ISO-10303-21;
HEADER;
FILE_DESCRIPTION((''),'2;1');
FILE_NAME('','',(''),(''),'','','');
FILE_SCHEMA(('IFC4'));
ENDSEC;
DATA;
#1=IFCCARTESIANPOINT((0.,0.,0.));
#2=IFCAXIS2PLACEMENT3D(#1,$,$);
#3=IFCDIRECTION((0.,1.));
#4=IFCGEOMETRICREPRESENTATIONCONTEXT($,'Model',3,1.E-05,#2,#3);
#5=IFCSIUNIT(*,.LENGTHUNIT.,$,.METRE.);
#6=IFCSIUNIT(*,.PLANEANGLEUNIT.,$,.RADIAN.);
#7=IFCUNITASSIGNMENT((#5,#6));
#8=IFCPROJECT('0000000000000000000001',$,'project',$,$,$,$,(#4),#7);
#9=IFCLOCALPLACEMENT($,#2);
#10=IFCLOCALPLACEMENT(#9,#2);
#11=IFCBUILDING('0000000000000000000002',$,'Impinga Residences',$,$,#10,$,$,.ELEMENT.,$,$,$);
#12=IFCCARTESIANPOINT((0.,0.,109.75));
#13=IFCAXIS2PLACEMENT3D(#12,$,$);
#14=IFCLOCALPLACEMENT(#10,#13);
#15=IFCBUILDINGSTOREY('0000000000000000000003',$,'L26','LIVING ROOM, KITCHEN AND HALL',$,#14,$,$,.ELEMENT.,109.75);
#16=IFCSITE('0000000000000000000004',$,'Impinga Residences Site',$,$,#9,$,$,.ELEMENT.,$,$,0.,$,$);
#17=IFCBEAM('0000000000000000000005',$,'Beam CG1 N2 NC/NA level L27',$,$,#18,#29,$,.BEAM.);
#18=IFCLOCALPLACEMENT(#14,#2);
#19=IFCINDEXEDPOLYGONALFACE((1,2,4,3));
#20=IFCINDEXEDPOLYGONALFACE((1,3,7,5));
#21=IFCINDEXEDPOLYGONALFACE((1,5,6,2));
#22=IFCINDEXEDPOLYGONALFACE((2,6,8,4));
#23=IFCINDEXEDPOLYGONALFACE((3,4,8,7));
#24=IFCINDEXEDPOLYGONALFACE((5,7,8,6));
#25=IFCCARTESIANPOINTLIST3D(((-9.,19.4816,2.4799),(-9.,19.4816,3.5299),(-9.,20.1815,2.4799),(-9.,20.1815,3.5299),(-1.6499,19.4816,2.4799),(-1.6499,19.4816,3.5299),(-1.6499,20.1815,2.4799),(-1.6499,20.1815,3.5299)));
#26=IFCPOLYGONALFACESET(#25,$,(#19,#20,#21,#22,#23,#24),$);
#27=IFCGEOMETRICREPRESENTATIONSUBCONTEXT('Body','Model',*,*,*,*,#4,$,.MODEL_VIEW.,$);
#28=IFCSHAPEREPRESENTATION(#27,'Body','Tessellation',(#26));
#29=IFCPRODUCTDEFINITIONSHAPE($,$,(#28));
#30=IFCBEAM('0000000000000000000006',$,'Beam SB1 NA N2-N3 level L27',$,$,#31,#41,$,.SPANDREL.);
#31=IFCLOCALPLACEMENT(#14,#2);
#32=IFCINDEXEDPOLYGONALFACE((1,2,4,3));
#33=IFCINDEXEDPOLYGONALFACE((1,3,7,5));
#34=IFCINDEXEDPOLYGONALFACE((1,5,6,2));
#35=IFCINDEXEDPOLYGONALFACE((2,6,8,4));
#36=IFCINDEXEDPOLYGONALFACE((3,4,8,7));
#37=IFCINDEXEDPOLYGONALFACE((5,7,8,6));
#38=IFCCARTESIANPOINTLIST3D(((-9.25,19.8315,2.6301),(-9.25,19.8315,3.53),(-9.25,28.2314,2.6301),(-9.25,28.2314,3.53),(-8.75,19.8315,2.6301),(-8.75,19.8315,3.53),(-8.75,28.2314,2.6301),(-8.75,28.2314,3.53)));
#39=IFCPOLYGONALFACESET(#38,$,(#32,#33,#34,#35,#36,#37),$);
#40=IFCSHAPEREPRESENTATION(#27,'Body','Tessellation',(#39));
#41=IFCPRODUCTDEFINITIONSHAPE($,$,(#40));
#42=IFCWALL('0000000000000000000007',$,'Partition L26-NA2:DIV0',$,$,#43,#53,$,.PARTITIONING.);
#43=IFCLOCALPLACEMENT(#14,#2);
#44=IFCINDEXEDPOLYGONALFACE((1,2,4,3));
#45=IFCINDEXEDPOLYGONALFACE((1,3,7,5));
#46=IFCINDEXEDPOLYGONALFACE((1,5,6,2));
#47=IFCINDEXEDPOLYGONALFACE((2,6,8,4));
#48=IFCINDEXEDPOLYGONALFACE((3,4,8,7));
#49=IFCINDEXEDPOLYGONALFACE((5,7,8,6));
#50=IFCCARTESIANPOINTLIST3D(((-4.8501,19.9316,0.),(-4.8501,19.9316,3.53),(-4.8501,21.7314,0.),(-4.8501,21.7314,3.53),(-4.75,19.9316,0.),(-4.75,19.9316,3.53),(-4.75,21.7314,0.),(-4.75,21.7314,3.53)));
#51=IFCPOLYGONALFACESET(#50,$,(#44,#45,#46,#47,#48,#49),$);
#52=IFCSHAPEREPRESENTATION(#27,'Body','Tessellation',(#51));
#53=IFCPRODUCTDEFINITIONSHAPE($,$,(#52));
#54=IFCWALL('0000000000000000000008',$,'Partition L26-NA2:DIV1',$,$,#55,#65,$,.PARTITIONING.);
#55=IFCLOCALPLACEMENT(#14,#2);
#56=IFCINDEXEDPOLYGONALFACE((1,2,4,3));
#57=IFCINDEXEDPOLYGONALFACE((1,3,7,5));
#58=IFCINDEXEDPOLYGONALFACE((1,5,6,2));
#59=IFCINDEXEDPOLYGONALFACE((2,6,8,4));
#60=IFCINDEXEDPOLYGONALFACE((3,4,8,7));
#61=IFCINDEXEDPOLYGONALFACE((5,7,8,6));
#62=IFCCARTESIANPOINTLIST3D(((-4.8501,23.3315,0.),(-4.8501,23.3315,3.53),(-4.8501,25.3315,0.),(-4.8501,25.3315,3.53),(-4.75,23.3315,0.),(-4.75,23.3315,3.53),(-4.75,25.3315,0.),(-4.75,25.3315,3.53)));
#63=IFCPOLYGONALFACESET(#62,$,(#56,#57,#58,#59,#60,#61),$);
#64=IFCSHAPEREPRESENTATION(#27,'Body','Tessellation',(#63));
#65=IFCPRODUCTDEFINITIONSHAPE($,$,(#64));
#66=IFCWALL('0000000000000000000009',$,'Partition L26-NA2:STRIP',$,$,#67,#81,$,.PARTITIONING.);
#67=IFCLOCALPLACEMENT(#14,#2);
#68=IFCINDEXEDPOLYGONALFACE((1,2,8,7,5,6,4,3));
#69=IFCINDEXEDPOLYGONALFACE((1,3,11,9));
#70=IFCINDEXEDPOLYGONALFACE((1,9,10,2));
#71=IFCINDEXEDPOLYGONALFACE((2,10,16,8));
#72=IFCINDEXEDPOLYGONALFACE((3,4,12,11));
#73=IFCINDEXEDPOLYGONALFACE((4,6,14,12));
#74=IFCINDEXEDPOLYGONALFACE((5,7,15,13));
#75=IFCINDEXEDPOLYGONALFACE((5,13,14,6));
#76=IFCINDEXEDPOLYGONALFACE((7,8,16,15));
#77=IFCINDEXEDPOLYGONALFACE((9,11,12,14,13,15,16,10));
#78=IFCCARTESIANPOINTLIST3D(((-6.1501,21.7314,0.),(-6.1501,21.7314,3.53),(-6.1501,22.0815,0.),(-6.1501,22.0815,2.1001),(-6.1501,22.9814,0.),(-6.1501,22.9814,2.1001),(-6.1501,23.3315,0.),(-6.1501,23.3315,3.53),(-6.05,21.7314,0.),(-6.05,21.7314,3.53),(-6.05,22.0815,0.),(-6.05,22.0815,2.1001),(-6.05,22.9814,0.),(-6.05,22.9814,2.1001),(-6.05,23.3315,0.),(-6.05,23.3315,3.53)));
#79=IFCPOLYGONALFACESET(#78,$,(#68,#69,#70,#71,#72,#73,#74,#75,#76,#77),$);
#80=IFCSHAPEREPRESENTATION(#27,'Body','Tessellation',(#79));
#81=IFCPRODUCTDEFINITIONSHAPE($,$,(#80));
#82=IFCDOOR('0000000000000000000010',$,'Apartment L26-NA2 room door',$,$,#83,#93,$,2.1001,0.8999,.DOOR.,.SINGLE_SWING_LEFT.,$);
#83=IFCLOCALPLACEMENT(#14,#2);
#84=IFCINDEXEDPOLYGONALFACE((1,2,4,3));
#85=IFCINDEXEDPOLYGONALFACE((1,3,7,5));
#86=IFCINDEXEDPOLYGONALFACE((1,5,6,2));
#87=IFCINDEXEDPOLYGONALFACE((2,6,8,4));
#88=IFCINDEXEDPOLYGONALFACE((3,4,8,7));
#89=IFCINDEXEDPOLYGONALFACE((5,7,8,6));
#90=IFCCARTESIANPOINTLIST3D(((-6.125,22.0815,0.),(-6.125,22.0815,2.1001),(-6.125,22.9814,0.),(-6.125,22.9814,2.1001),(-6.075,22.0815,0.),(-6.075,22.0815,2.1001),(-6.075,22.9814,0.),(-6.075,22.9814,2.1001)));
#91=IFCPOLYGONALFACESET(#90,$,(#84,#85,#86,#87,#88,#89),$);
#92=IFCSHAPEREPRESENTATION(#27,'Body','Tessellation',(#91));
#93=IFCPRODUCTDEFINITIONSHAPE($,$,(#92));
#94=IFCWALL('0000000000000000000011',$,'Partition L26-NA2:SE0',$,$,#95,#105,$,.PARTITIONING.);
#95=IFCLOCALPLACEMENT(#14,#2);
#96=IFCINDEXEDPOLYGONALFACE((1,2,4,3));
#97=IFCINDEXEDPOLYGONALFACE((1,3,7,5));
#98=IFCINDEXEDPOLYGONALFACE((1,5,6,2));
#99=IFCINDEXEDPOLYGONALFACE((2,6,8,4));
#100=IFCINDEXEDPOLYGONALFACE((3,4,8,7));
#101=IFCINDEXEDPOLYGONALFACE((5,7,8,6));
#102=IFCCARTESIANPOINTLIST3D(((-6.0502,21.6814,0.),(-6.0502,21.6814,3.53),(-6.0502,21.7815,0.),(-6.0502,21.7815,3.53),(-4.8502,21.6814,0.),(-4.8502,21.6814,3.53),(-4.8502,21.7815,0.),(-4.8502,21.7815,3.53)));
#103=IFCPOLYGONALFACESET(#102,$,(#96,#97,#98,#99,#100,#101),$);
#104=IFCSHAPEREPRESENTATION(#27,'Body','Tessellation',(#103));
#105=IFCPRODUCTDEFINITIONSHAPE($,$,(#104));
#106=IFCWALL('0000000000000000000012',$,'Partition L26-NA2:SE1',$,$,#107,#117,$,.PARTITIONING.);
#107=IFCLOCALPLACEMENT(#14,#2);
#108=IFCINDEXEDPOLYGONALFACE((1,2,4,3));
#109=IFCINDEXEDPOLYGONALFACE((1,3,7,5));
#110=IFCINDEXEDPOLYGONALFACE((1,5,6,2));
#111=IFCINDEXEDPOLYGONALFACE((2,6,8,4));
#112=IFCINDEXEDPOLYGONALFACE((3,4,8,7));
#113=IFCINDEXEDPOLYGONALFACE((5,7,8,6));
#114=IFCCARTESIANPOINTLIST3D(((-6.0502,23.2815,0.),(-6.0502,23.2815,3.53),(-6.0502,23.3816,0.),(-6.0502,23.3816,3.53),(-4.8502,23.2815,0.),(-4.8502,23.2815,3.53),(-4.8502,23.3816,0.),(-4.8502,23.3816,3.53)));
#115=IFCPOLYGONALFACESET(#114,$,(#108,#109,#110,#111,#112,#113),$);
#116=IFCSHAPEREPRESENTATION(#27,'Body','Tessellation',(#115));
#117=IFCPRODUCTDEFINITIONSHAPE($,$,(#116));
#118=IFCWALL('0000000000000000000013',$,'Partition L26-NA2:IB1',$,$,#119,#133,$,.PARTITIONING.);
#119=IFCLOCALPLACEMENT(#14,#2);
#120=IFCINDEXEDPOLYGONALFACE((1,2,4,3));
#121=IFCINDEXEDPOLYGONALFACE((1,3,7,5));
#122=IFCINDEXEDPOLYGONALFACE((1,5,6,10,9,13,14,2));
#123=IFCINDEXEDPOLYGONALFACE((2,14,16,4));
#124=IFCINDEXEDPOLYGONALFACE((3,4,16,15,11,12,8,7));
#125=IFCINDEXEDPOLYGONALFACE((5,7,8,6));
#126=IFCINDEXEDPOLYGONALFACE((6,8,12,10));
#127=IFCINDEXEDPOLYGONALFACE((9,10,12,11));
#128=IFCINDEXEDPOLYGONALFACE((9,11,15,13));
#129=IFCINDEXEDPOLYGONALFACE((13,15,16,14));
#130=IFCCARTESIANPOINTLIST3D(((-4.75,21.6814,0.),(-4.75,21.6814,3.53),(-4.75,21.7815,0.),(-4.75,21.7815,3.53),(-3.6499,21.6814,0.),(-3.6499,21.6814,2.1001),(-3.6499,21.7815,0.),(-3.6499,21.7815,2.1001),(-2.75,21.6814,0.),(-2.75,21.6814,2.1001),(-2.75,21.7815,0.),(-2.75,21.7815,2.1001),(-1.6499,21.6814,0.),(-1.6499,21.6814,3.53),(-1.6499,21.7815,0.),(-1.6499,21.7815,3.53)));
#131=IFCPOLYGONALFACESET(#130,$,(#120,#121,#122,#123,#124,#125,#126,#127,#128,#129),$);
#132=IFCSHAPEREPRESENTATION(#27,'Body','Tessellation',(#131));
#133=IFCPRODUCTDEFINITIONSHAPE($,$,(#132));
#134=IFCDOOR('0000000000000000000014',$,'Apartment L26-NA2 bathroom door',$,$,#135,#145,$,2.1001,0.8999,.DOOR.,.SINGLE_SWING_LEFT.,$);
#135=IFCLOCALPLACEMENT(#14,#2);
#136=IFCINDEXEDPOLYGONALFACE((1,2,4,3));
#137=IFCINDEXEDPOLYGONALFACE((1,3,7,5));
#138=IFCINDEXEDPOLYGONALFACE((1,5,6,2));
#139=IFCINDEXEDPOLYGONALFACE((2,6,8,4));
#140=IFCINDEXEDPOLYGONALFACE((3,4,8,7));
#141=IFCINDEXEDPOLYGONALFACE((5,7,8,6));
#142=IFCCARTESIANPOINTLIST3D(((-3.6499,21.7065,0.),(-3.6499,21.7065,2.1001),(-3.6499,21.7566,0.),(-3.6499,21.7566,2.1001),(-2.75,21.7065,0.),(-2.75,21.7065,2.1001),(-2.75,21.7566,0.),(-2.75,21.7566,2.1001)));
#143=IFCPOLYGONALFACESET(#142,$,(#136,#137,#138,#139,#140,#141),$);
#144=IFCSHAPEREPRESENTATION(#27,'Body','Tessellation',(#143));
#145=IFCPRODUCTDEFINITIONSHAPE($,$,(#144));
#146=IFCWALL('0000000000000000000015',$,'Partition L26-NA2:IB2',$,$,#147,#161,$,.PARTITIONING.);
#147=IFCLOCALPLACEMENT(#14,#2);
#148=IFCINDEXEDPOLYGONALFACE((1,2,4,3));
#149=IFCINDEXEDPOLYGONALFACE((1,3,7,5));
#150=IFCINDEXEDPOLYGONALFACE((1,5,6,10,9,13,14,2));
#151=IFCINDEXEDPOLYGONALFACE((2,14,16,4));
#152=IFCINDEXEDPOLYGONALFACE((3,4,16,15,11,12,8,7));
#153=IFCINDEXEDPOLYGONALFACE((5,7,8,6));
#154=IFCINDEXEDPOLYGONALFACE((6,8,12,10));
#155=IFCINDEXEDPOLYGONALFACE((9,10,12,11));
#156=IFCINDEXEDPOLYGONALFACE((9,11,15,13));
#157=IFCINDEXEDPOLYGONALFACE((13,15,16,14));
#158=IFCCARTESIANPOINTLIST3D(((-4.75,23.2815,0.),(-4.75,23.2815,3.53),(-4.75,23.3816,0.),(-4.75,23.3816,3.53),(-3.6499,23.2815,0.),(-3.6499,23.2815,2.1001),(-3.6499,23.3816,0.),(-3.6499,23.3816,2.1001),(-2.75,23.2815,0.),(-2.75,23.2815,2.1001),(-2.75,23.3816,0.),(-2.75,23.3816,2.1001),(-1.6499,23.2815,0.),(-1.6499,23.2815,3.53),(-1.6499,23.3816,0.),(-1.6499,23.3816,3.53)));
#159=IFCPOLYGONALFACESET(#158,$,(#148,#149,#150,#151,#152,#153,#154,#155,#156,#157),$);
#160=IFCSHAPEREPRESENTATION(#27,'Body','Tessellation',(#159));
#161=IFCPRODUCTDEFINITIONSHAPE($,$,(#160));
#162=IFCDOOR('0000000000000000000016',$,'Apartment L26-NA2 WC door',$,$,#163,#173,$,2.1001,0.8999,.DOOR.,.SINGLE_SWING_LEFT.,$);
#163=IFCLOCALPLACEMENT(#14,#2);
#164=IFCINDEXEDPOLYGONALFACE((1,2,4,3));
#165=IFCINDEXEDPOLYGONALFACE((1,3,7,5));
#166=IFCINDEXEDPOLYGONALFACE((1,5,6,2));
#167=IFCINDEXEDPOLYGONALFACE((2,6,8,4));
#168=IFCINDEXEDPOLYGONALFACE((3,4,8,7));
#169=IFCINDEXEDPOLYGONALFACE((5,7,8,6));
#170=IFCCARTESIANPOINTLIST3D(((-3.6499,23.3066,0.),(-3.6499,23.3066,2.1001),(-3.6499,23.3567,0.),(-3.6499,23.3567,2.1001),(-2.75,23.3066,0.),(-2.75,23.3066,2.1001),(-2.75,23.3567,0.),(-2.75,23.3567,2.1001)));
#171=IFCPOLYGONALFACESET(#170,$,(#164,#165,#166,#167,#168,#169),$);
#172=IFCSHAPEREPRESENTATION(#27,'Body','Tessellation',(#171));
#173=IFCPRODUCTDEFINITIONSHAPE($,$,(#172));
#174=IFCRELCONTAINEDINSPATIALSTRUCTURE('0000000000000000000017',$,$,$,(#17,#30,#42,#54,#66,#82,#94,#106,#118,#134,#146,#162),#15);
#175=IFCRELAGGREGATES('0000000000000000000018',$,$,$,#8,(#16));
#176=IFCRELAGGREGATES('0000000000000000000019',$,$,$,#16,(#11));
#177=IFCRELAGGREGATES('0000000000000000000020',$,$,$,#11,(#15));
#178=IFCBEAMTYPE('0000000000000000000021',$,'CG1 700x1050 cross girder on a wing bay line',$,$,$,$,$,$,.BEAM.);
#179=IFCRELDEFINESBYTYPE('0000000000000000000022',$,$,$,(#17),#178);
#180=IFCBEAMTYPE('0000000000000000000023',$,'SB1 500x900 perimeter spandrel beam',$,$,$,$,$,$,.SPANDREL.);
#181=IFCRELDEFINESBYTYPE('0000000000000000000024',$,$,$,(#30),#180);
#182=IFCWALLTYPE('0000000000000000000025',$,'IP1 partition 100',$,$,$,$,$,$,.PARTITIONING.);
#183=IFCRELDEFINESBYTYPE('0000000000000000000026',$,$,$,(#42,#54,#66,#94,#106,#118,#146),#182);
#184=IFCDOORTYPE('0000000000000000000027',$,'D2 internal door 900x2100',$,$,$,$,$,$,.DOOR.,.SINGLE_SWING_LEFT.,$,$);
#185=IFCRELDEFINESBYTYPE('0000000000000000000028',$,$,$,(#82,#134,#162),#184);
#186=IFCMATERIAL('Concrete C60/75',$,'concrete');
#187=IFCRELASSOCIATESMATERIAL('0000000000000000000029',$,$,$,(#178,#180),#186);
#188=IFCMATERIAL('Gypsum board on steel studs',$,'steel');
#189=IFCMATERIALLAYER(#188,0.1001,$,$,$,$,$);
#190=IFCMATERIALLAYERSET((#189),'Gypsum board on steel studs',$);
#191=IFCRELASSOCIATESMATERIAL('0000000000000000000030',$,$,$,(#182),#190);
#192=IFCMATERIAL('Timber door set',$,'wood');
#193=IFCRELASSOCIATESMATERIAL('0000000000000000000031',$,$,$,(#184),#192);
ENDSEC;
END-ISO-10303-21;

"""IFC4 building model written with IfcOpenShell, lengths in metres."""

from ifc_helpers import new_model, si_unit, direction, frame, frame_2d, origin, origin_2d, place, context, subcontext, project, spatial, rectangle, extrude, material, layer, layer_set, material_profile, profile_set, type_object, element, fill, save


model = new_model("IFC4")

# Units and contexts
model_context = context("Model", 3, precision=1e-05, world=origin(), true_north=direction((0.0, 1.0)))
body_context = subcontext(model_context, "Body", "Model", "MODEL_VIEW")
ifc_project = project(units=[si_unit("LENGTHUNIT", "METRE"), si_unit("PLANEANGLEUNIT", "RADIAN")], contexts=[model_context])

# Site, building, storey
site_placement = place(None, origin())
site = spatial("IfcSite", under=ifc_project, at=site_placement, Name="Impinga Residences Site", CompositionType="ELEMENT", RefElevation=0.0)
building_placement = place(site_placement, origin())
building = spatial("IfcBuilding", under=site, at=building_placement, Name="Impinga Residences", CompositionType="ELEMENT")
storey_placement = place(building_placement, frame((0.0, 0.0, 109.75)))
storey = spatial("IfcBuildingStorey", under=building, at=storey_placement, Name="L26", Description="LIVING ROOM, KITCHEN AND HALL", CompositionType="ELEMENT", Elevation=109.75)

# Beams
ifc_material_1 = material(Name="Concrete C60/75", Category="concrete")
ifc_material_profile_1 = material_profile(ifc_material_1, rectangle(XDim=0.7, YDim=1.05, at=origin_2d()), Name="RC 700x1050")
ifc_profile_set_1 = profile_set([ifc_material_profile_1], Name="Concrete C60/75")
beam_type_1 = type_object("IfcBeamType", Name="CG1 700x1050 cross girder on a wing bay line", PredefinedType="BEAM", material=ifc_profile_set_1)
beam_1_placement = place(storey_placement, frame((-1.6499, 19.8315, 3.0049), z_axis=(-1.0, 0.0, 0.0), x_axis=(0.0, -1.0, 0.0)))
element("IfcBeam", 1, at=beam_1_placement, inside=storey, type_object=beam_type_1, Name="Beam CG1 N2 NC/NA level L27", PredefinedType="BEAM", context=body_context, shape_type="SweptSolid", body=[
    extrude(rectangle(XDim=0.7, YDim=1.05, at=origin_2d()), origin(), (0.0, 0.0, 1.0), 7.3501),
])
ifc_material_profile_2 = material_profile(ifc_material_1, rectangle(XDim=0.5, YDim=0.8999, at=origin_2d()), Name="RC 500x900")
ifc_profile_set_2 = profile_set([ifc_material_profile_2], Name="Concrete C60/75")
beam_type_2 = type_object("IfcBeamType", Name="SB1 500x900 perimeter spandrel beam", PredefinedType="SPANDREL", material=ifc_profile_set_2)
beam_2_placement = place(storey_placement, frame((-9.0, 19.8315, 3.0801), z_axis=(0.0, 1.0, 0.0), x_axis=(-1.0, 0.0, 0.0)))
element("IfcBeam", 2, at=beam_2_placement, inside=storey, type_object=beam_type_2, Name="Beam SB1 NA N2-N3 level L27", PredefinedType="SPANDREL", context=body_context, shape_type="SweptSolid", body=[
    extrude(rectangle(XDim=0.5, YDim=0.8999, at=origin_2d()), origin(), (0.0, 0.0, 1.0), 8.3999),
])

# Walls
ifc_material_2 = material(Name="Gypsum board on steel studs", Category="steel")
ifc_layer_1 = layer(ifc_material_2, 0.1001)
ifc_layer_set_1 = layer_set([ifc_layer_1], Name="Gypsum board on steel studs")
wall_type_1 = type_object("IfcWallType", Name="IP1 partition 100", PredefinedType="PARTITIONING", material=ifc_layer_set_1)
wall_1_placement = place(storey_placement, frame((-4.8, 19.9316, 0.0), z_axis=(0.0, 0.0, 1.0), x_axis=(0.0, 1.0, 0.0)))
element("IfcWall", 3, at=wall_1_placement, inside=storey, type_object=wall_type_1, Name="Partition L26-NA2:DIV0", PredefinedType="PARTITIONING", context=body_context, shape_type="SweptSolid", body=[
    extrude(rectangle(XDim=1.7998, YDim=0.1001, at=frame_2d((0.8999, 0.0))), origin(), (0.0, 0.0, 1.0), 3.53),
])
wall_2_placement = place(storey_placement, frame((-4.8, 23.3315, 0.0), z_axis=(0.0, 0.0, 1.0), x_axis=(0.0, 1.0, 0.0)))
element("IfcWall", 4, at=wall_2_placement, inside=storey, type_object=wall_type_1, Name="Partition L26-NA2:DIV1", PredefinedType="PARTITIONING", context=body_context, shape_type="SweptSolid", body=[
    extrude(rectangle(XDim=2.0, YDim=0.1001, at=frame_2d((1.0, 0.0))), origin(), (0.0, 0.0, 1.0), 3.53),
])

# Wall, opening, door
wall_3_placement = place(storey_placement, frame((-6.1001, 21.7314, 0.0), z_axis=(0.0, 0.0, 1.0), x_axis=(0.0, 1.0, 0.0)))
wall_3 = element("IfcWall", 5, at=wall_3_placement, inside=storey, type_object=wall_type_1, Name="Partition L26-NA2:STRIP", PredefinedType="PARTITIONING", context=body_context, shape_type="SweptSolid", body=[
    extrude(rectangle(XDim=1.6001, YDim=0.1001, at=frame_2d((0.8, 0.0))), origin(), (0.0, 0.0, 1.0), 3.53),
])
opening_1_placement = place(wall_3_placement, frame((0.3501, 0.0, 0.0)))
opening_1 = element("IfcOpeningElement", 6, at=opening_1_placement, cuts=wall_3, PredefinedType="OPENING", context=body_context, shape_type="SweptSolid", body=[
    extrude(rectangle(XDim=0.8999, YDim=2.1001, at=frame_2d((0.45, 1.05))), frame((0.0, 0.0601, 0.0), z_axis=(0.0, -1.0, 0.0), x_axis=(1.0, 0.0, 0.0)), (0.0, 0.0, 1.0), 0.1201),
])
ifc_material_3 = material(Name="Timber door set", Category="wood")
door_type = type_object("IfcDoorType", Name="D2 internal door 900x2100", OperationType="SINGLE_SWING_LEFT", PredefinedType="DOOR", material=ifc_material_3)
door_1_placement = place(opening_1_placement, origin())
door_1 = element("IfcDoor", 7, at=door_1_placement, inside=storey, type_object=door_type, Name="Apartment L26-NA2 room door", OperationType="SINGLE_SWING_LEFT", OverallHeight=2.1001, OverallWidth=0.8999, PredefinedType="DOOR", context=body_context, shape_type="SweptSolid", body=[
    extrude(rectangle(XDim=0.8999, YDim=2.1001, at=frame_2d((0.45, 1.05))), frame((0.0, 0.0249, 0.0), z_axis=(0.0, -1.0, 0.0), x_axis=(1.0, 0.0, 0.0)), (0.0, 0.0, 1.0), 0.05),
])
fill(opening_1, door_1)

# Walls
for number, where, z_axis, x_axis, name in (
    (8, (-4.8501, 21.7314, 0.0), (0.0, 0.0, 1.0), (-1.0, 0.0, 0.0), "Partition L26-NA2:SE0"),
    (9, (-4.8501, 23.3315, 0.0), (0.0, 0.0, 1.0), (-1.0, 0.0, 0.0), "Partition L26-NA2:SE1"),
):
    element("IfcWall", number, at=place(storey_placement, frame(where, z_axis=z_axis, x_axis=x_axis)), inside=storey, type_object=wall_type_1, Name=name, PredefinedType="PARTITIONING", context=body_context, shape_type="SweptSolid", body=[
        extrude(rectangle(XDim=1.2, YDim=0.1001, at=frame_2d((0.6001, 0.0))), origin(), (0.0, 0.0, 1.0), 3.53),
    ])

# Walls, openings, doors
wall_4_placement = place(storey_placement, frame((-1.6499, 21.7314, 0.0), z_axis=(0.0, 0.0, 1.0), x_axis=(-1.0, 0.0, 0.0)))
wall_4 = element("IfcWall", 10, at=wall_4_placement, inside=storey, type_object=wall_type_1, Name="Partition L26-NA2:IB1", PredefinedType="PARTITIONING", context=body_context, shape_type="SweptSolid", body=[
    extrude(rectangle(XDim=3.1001, YDim=0.1001, at=frame_2d((1.55, 0.0))), origin(), (0.0, 0.0, 1.0), 3.53),
])
opening_2_placement = place(wall_4_placement, frame((1.1001, 0.0, 0.0)))
opening_2 = element("IfcOpeningElement", 11, at=opening_2_placement, cuts=wall_4, PredefinedType="OPENING", context=body_context, shape_type="SweptSolid", body=[
    extrude(rectangle(XDim=0.8999, YDim=2.1001, at=frame_2d((0.45, 1.05))), frame((0.0, 0.0601, 0.0), z_axis=(0.0, -1.0, 0.0), x_axis=(1.0, 0.0, 0.0)), (0.0, 0.0, 1.0), 0.1201),
])
door_2_placement = place(opening_2_placement, origin())
door_2 = element("IfcDoor", 12, at=door_2_placement, inside=storey, type_object=door_type, Name="Apartment L26-NA2 bathroom door", OperationType="SINGLE_SWING_LEFT", OverallHeight=2.1001, OverallWidth=0.8999, PredefinedType="DOOR", context=body_context, shape_type="SweptSolid", body=[
    extrude(rectangle(XDim=0.8999, YDim=2.1001, at=frame_2d((0.45, 1.05))), frame((0.0, 0.0249, 0.0), z_axis=(0.0, -1.0, 0.0), x_axis=(1.0, 0.0, 0.0)), (0.0, 0.0, 1.0), 0.05),
])
fill(opening_2, door_2)
wall_5_placement = place(storey_placement, frame((-1.6499, 23.3315, 0.0), z_axis=(0.0, 0.0, 1.0), x_axis=(-1.0, 0.0, 0.0)))
wall_5 = element("IfcWall", 13, at=wall_5_placement, inside=storey, type_object=wall_type_1, Name="Partition L26-NA2:IB2", PredefinedType="PARTITIONING", context=body_context, shape_type="SweptSolid", body=[
    extrude(rectangle(XDim=3.1001, YDim=0.1001, at=frame_2d((1.55, 0.0))), origin(), (0.0, 0.0, 1.0), 3.53),
])
opening_3_placement = place(wall_5_placement, frame((1.1001, 0.0, 0.0)))
opening_3 = element("IfcOpeningElement", 14, at=opening_3_placement, cuts=wall_5, PredefinedType="OPENING", context=body_context, shape_type="SweptSolid", body=[
    extrude(rectangle(XDim=0.8999, YDim=2.1001, at=frame_2d((0.45, 1.05))), frame((0.0, 0.0601, 0.0), z_axis=(0.0, -1.0, 0.0), x_axis=(1.0, 0.0, 0.0)), (0.0, 0.0, 1.0), 0.1201),
])
door_3_placement = place(opening_3_placement, origin())
door_3 = element("IfcDoor", 15, at=door_3_placement, inside=storey, type_object=door_type, Name="Apartment L26-NA2 WC door", OperationType="SINGLE_SWING_LEFT", OverallHeight=2.1001, OverallWidth=0.8999, PredefinedType="DOOR", context=body_context, shape_type="SweptSolid", body=[
    extrude(rectangle(XDim=0.8999, YDim=2.1001, at=frame_2d((0.45, 1.05))), frame((0.0, 0.0249, 0.0), z_axis=(0.0, -1.0, 0.0), x_axis=(1.0, 0.0, 0.0)), (0.0, 0.0, 1.0), 0.05),
])
fill(opening_3, door_3)

save(model, "model.ifc")
